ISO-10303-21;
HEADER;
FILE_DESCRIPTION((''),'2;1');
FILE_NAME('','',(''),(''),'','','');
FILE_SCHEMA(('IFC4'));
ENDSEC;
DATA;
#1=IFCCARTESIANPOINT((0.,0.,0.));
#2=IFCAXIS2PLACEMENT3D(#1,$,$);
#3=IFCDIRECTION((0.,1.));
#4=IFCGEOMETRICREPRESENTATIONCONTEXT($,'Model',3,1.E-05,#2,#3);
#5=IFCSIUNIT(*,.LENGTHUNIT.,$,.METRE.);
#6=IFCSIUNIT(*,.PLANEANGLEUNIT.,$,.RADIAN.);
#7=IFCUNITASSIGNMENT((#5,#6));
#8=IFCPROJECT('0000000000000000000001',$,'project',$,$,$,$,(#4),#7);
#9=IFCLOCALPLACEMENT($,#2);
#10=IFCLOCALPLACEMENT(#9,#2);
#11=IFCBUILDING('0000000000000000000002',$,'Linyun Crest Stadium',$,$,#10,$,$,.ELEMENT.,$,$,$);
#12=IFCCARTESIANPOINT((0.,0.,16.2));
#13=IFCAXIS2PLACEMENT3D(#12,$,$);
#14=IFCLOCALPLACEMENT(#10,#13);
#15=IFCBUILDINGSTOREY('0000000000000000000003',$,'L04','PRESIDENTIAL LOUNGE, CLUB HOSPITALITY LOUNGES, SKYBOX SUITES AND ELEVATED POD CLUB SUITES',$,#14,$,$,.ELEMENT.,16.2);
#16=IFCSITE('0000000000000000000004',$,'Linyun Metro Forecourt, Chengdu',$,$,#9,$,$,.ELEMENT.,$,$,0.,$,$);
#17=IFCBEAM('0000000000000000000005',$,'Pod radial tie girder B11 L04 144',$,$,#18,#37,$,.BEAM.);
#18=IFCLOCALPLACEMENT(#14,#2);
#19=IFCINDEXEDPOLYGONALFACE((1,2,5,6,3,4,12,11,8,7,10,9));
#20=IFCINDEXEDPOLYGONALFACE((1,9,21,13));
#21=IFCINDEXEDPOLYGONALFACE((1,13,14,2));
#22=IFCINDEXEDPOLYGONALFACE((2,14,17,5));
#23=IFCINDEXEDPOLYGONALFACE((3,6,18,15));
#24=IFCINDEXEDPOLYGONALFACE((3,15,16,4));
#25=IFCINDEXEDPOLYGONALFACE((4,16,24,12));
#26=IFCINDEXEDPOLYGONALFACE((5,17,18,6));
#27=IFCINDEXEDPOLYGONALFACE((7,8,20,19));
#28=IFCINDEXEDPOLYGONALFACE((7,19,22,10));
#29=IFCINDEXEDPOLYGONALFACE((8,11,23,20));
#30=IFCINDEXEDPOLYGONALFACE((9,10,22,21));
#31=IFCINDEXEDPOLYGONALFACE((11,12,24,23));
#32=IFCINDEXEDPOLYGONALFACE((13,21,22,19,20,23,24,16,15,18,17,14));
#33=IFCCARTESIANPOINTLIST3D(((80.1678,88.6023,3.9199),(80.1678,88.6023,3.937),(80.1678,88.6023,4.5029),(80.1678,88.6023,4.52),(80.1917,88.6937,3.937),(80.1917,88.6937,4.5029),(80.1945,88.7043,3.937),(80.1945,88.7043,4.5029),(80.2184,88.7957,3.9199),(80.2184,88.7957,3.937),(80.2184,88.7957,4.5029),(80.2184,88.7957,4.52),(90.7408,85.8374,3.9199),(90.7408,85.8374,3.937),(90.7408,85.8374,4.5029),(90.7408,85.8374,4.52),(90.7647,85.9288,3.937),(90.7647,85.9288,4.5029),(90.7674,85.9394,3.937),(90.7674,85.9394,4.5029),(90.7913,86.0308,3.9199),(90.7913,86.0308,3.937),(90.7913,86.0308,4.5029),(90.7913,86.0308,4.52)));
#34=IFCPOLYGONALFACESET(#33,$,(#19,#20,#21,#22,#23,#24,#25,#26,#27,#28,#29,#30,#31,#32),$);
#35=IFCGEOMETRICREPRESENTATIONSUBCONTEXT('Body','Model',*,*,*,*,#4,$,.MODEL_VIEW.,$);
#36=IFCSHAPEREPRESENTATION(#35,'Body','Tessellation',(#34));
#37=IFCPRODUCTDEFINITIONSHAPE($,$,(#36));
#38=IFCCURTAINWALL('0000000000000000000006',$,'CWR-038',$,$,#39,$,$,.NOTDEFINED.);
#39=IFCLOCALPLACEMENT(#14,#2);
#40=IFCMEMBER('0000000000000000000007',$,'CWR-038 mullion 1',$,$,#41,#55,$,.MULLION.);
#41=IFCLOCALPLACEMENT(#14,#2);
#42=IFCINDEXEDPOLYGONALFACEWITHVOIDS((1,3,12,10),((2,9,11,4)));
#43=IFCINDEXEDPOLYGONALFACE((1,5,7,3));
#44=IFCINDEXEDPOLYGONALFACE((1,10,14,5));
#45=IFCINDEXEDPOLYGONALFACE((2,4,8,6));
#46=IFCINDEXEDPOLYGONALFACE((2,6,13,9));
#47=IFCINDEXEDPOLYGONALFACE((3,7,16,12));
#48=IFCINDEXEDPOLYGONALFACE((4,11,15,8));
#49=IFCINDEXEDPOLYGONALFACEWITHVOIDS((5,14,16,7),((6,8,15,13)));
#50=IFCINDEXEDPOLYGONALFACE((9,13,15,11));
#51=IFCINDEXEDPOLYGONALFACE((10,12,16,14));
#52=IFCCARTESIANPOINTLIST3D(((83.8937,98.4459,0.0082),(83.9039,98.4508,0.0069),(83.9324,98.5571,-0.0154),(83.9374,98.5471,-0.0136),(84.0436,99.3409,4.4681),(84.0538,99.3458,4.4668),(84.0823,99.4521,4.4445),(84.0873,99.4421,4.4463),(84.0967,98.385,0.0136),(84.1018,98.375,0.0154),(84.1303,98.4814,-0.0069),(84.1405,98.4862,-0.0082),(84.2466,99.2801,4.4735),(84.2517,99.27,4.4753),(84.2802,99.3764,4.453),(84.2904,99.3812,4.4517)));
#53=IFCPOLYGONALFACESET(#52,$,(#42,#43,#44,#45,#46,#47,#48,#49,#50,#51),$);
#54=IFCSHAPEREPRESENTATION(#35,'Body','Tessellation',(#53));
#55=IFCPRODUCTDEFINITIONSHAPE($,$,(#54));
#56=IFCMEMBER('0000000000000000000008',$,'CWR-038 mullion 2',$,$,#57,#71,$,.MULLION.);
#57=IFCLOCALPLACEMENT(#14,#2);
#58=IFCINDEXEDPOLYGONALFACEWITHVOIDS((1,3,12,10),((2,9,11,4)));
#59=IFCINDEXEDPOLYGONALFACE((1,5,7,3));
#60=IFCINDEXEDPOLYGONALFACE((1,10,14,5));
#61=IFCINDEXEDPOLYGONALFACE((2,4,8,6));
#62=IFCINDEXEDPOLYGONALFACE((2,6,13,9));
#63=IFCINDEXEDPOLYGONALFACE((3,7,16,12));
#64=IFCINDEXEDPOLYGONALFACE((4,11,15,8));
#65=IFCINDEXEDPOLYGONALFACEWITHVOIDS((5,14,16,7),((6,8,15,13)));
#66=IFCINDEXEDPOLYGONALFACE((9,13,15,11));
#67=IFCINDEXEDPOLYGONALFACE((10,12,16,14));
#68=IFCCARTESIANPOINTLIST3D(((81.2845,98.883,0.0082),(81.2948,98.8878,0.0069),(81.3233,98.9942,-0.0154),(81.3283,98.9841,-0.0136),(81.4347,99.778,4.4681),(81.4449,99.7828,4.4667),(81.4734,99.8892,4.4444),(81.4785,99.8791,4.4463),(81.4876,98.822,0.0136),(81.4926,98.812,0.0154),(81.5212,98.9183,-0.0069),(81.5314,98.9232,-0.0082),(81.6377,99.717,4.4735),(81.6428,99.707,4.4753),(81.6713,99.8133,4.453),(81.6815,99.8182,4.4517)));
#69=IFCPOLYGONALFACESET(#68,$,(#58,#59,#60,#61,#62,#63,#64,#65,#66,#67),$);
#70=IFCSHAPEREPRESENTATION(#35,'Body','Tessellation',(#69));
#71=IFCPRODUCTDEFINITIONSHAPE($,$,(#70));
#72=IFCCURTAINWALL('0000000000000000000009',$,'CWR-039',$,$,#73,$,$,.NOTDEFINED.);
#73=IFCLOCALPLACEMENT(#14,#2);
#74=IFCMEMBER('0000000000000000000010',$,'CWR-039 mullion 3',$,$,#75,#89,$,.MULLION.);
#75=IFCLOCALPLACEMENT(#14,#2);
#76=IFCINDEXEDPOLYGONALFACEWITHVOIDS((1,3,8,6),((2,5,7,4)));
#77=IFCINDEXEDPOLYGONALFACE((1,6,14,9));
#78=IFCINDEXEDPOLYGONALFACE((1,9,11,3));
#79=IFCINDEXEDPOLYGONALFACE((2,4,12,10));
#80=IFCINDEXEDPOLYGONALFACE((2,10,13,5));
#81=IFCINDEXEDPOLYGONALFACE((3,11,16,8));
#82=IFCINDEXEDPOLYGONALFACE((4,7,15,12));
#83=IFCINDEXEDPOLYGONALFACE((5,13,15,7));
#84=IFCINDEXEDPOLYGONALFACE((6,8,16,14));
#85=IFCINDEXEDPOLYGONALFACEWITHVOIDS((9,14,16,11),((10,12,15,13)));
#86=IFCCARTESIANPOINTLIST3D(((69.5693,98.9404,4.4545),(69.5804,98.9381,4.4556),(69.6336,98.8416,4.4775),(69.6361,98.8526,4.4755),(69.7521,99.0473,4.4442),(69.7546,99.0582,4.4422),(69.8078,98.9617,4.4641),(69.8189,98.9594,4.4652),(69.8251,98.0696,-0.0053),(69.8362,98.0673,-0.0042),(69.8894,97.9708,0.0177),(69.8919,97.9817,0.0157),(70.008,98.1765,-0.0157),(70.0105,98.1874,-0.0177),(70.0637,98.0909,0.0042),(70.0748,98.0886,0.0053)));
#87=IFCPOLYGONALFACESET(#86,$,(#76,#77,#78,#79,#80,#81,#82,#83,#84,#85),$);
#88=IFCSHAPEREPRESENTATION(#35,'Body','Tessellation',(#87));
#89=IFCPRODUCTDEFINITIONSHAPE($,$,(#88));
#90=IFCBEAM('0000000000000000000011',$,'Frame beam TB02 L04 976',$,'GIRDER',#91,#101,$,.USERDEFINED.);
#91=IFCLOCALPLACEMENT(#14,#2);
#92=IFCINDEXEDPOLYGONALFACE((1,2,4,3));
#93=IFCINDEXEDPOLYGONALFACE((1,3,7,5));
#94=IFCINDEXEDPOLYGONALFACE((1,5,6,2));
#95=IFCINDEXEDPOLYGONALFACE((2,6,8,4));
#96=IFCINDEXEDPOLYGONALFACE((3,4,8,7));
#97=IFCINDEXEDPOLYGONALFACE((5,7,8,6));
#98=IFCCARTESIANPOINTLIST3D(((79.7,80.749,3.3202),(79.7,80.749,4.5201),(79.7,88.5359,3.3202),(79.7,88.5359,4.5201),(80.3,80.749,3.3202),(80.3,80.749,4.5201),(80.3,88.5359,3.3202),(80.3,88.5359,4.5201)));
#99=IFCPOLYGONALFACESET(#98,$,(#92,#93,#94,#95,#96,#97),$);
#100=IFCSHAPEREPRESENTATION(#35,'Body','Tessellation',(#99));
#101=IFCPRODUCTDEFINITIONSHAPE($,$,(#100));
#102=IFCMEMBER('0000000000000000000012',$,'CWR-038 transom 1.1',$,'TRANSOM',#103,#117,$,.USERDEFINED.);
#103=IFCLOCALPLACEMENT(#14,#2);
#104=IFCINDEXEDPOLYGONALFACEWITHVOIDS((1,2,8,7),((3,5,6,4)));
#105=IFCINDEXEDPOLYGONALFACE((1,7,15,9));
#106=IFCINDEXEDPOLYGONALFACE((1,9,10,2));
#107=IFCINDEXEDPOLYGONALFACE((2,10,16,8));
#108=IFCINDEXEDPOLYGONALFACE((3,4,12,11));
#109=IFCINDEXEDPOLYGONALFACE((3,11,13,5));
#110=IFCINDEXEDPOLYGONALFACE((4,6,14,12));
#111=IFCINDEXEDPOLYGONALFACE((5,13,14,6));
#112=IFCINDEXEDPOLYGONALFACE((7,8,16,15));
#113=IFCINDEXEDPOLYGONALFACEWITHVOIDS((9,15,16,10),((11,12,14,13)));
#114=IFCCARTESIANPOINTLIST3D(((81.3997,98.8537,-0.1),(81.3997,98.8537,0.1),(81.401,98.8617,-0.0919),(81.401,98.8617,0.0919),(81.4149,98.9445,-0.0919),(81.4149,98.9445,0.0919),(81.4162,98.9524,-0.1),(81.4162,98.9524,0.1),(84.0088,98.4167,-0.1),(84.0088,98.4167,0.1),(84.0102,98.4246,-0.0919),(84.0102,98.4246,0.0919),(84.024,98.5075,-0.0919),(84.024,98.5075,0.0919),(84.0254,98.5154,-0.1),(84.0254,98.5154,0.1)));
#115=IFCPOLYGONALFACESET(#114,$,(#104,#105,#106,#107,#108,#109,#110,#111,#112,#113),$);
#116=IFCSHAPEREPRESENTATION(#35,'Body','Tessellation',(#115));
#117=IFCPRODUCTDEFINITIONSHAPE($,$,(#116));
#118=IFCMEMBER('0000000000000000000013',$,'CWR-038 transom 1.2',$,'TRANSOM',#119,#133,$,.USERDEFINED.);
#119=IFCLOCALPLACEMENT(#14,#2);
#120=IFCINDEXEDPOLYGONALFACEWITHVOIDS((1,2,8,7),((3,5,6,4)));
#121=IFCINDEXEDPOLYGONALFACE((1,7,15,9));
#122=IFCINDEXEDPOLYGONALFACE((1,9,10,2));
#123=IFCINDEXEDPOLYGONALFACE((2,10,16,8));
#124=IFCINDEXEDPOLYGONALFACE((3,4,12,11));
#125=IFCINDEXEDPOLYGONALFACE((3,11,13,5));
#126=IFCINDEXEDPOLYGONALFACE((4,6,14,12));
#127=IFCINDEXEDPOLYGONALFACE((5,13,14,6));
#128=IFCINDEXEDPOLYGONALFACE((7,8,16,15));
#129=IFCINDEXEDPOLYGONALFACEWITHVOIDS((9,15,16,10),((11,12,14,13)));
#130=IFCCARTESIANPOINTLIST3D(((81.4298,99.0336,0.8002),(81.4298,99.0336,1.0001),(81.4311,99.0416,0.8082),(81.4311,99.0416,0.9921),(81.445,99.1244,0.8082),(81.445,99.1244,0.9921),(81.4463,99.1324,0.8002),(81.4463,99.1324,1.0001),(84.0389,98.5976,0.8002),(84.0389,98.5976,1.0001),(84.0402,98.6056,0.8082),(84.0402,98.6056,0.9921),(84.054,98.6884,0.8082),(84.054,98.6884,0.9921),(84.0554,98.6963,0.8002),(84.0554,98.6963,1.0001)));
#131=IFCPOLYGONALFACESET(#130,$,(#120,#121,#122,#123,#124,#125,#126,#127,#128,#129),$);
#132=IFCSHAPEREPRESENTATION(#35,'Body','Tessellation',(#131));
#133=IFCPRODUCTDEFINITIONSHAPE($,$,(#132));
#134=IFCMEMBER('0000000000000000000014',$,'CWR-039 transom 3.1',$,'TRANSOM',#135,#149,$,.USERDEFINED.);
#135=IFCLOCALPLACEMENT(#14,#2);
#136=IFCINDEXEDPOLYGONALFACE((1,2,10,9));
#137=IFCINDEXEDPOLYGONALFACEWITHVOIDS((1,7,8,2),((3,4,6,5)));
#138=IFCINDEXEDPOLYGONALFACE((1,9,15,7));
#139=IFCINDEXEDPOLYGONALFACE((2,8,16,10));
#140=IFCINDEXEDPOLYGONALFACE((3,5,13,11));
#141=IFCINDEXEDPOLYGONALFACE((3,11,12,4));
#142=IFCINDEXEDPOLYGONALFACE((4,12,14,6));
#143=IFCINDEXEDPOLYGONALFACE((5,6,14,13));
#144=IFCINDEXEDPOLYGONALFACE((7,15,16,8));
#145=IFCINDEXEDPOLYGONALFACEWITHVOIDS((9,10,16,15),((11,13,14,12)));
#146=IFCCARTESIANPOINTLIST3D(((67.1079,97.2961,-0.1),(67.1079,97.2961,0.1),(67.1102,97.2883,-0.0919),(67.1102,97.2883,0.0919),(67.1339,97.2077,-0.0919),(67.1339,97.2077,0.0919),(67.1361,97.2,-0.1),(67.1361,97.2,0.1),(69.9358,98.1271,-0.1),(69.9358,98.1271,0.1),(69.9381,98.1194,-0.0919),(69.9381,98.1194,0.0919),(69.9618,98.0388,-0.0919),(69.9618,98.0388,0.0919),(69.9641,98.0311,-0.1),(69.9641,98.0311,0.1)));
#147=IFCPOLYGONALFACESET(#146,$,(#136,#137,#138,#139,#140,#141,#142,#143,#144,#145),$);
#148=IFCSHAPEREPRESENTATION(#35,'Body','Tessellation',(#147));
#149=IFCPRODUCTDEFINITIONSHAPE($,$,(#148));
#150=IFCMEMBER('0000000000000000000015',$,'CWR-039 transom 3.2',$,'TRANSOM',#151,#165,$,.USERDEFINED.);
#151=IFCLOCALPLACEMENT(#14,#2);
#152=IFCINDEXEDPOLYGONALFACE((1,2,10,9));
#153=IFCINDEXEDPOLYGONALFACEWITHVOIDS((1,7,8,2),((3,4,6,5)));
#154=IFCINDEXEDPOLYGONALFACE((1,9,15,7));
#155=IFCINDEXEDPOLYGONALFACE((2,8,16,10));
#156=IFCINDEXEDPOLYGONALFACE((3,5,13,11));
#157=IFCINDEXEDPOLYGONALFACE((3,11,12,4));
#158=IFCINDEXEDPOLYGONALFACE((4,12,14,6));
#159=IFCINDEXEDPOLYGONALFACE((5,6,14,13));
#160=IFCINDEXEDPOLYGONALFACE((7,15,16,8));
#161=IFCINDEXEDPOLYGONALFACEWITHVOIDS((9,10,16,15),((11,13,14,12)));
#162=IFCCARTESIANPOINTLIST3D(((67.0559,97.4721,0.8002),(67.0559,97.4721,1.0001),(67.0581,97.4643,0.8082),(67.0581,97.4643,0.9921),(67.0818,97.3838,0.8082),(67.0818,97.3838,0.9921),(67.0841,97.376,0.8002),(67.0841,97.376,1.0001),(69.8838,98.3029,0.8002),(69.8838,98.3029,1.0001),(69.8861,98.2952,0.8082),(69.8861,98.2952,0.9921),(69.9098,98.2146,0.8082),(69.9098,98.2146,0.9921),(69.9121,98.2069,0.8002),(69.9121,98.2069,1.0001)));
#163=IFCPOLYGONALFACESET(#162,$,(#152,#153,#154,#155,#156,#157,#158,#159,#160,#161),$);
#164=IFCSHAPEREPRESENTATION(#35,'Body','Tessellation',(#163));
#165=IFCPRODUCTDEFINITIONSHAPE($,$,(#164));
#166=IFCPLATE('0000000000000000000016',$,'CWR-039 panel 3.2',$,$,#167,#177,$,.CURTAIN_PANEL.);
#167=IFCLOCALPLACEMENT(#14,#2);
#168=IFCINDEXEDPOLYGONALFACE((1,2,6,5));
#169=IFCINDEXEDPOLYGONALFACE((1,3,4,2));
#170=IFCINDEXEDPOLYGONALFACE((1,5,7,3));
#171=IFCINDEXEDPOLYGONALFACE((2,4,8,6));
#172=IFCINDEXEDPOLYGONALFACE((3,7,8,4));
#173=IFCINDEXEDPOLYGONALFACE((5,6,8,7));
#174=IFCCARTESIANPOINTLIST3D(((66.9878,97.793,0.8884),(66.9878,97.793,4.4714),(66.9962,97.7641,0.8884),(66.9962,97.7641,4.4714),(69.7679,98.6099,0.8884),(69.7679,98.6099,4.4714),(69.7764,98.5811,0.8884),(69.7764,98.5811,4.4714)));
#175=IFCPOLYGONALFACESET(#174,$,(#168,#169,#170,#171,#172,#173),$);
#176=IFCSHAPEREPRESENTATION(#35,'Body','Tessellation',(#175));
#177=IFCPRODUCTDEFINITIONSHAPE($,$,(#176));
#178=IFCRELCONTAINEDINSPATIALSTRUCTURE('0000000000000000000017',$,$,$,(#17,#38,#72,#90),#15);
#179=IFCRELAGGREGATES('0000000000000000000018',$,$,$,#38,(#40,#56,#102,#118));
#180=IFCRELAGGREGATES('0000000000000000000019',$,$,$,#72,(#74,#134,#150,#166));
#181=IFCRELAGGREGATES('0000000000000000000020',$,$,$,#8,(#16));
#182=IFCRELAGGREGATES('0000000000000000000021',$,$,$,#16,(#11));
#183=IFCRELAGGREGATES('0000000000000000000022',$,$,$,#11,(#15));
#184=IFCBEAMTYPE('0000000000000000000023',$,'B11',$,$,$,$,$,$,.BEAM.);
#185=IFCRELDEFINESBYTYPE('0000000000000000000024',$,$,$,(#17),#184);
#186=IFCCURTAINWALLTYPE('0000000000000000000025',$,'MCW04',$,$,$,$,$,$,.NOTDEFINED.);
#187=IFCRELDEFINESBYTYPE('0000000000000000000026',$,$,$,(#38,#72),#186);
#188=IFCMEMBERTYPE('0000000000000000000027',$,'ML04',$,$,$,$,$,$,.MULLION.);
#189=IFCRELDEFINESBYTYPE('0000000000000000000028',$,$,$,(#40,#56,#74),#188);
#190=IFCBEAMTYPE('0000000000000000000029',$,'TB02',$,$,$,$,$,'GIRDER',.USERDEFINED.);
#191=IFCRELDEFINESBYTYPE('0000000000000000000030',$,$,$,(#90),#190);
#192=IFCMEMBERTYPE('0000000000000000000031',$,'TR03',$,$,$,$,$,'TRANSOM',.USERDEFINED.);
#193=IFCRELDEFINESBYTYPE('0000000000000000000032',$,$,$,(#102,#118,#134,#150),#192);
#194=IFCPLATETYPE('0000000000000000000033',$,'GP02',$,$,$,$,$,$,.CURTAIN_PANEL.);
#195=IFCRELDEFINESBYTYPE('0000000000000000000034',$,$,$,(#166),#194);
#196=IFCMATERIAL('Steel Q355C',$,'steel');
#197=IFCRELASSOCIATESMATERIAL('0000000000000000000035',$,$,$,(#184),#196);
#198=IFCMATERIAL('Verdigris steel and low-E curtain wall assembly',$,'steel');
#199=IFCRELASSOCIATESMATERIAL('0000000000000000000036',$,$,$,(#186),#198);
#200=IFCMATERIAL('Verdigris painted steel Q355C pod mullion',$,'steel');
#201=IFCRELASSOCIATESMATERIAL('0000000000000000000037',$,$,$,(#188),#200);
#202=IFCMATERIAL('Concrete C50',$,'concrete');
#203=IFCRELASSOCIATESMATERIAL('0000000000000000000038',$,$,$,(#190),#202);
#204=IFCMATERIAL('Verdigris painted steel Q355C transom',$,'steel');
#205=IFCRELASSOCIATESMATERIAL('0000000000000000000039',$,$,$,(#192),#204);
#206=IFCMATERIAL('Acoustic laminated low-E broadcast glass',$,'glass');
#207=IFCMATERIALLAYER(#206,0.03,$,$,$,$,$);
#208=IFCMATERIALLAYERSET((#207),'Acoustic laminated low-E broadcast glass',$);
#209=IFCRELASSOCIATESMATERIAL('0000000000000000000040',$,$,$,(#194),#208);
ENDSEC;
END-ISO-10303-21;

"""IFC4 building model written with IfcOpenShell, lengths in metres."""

from ifc_helpers import new_model, si_unit, direction, frame, origin, origin_2d, place, context, subcontext, project, spatial, rectangle, hollow_rectangle, i_section, extrude, material, layer, layer_set, material_profile, profile_set, type_object, element, aggregate, save


model = new_model("IFC4")

# Units and contexts
model_context = context("Model", 3, precision=1e-05, world=origin(), true_north=direction((0.0, 1.0)))
body_context = subcontext(model_context, "Body", "Model", "MODEL_VIEW")
ifc_project = project(units=[si_unit("LENGTHUNIT", "METRE"), si_unit("PLANEANGLEUNIT", "RADIAN")], contexts=[model_context])

# Site, building, storey
site_placement = place(None, origin())
site = spatial("IfcSite", under=ifc_project, at=site_placement, Name="Linyun Metro Forecourt, Chengdu", CompositionType="ELEMENT", RefElevation=0.0)
building_placement = place(site_placement, origin())
building = spatial("IfcBuilding", under=site, at=building_placement, Name="Linyun Crest Stadium", CompositionType="ELEMENT")
storey_placement = place(building_placement, frame((0.0, 0.0, 16.2)))
storey = spatial("IfcBuildingStorey", under=building, at=storey_placement, Name="L04", Description="PRESIDENTIAL LOUNGE, CLUB HOSPITALITY LOUNGES, SKYBOX SUITES AND ELEVATED POD CLUB SUITES", CompositionType="ELEMENT", Elevation=16.2)

# Beam
ifc_material_1 = material(Name="Steel Q355C", Category="steel")
ifc_material_profile_1 = material_profile(ifc_material_1, i_section(OverallWidth=0.2, OverallDepth=0.6001, WebThickness=0.011, FlangeThickness=0.0171, at=origin_2d()), Name="HN 600x200")
ifc_profile_set_1 = profile_set([ifc_material_profile_1], Name="Steel Q355C")
beam_type_1 = type_object("IfcBeamType", Name="B11", PredefinedType="BEAM", material=ifc_profile_set_1)
beam_1_placement = place(storey_placement, frame((80.1931, 88.699, 4.22), z_axis=(0.967467, -0.252998, 0.0), x_axis=(0.252998, 0.967467, 0.0)))
element("IfcBeam", 1, at=beam_1_placement, inside=storey, type_object=beam_type_1, Name="Pod radial tie girder B11 L04 144", PredefinedType="BEAM", context=body_context, shape_type="SweptSolid", body=[
    extrude(i_section(OverallWidth=0.2, OverallDepth=0.6001, WebThickness=0.011, FlangeThickness=0.0171, at=origin_2d()), origin(), (0.0, 0.0, 1.0), 10.9285),
])

# Curtain wall, members
ifc_material_2 = material(Name="Verdigris steel and low-E curtain wall assembly", Category="steel")
curtain_wall_type = type_object("IfcCurtainWallType", Name="MCW04", PredefinedType="NOTDEFINED", material=ifc_material_2)
curtain_wall_1_placement = place(storey_placement, origin())
curtain_wall_1 = element("IfcCurtainWall", 2, at=curtain_wall_1_placement, inside=storey, type_object=curtain_wall_type, Name="CWR-038", PredefinedType="NOTDEFINED")
ifc_material_3 = material(Name="Verdigris painted steel Q355C pod mullion", Category="steel")
ifc_material_profile_2 = material_profile(ifc_material_3, hollow_rectangle(XDim=0.1201, YDim=0.22, WallThickness=0.0081, at=origin_2d()), Name="RHS 220x120x8")
ifc_profile_set_2 = profile_set([ifc_material_profile_2], Name="Verdigris painted steel Q355C pod mullion")
member_type_1 = type_object("IfcMemberType", Name="ML04", PredefinedType="MULLION", material=ifc_profile_set_2)
member_1_placement = place(storey_placement, frame((84.0171, 98.4661, 0.0), z_axis=(0.032936, 0.196649, 0.979921), x_axis=(0.322428, 0.925941, -0.196654)))
member_1 = element("IfcMember", 3, at=member_1_placement, type_object=member_type_1, Name="CWR-038 mullion 1", PredefinedType="MULLION", context=body_context, shape_type="SweptSolid", body=[
    extrude(hollow_rectangle(XDim=0.1201, YDim=0.22, WallThickness=0.0081, at=origin_2d()), origin(), (0.0, 0.0, 1.0), 4.5513),
])
member_2_placement = place(storey_placement, frame((81.408, 98.9031, 0.0), z_axis=(0.032989, 0.196649, 0.979919), x_axis=(0.322673, 0.925854, -0.196662)))
member_2 = element("IfcMember", 4, at=member_2_placement, type_object=member_type_1, Name="CWR-038 mullion 2", PredefinedType="MULLION", context=body_context, shape_type="SweptSolid", body=[
    extrude(hollow_rectangle(XDim=0.1201, YDim=0.22, WallThickness=0.0081, at=origin_2d()), origin(), (0.0, 0.0, 1.0), 4.5513),
])

# Curtain wall, member
curtain_wall_2_placement = place(storey_placement, origin())
curtain_wall_2 = element("IfcCurtainWall", 5, at=curtain_wall_2_placement, inside=storey, type_object=curtain_wall_type, Name="CWR-039", PredefinedType="NOTDEFINED")
member_3_placement = place(storey_placement, frame((69.95, 98.0791, 0.0), z_axis=(-0.056216, 0.191337, 0.979913), x_axis=(-0.535586, 0.822521, -0.19133)))
member_3 = element("IfcMember", 6, at=member_3_placement, type_object=member_type_1, Name="CWR-039 mullion 3", PredefinedType="MULLION", context=body_context, shape_type="SweptSolid", body=[
    extrude(hollow_rectangle(XDim=0.1201, YDim=0.22, WallThickness=0.0081, at=origin_2d()), origin(), (0.0, 0.0, 1.0), 4.5513),
])

# Beam
ifc_material_4 = material(Name="Concrete C50", Category="concrete")
ifc_material_profile_3 = material_profile(ifc_material_4, rectangle(XDim=0.6001, YDim=1.2, at=origin_2d()), Name="RCB 1200x600")
ifc_profile_set_3 = profile_set([ifc_material_profile_3], Name="Concrete C50")
beam_type_2 = type_object("IfcBeamType", Name="TB02", ElementType="GIRDER", PredefinedType="USERDEFINED", material=ifc_profile_set_3)
beam_2_placement = place(storey_placement, frame((80.0, 80.749, 3.9202), z_axis=(0.0, 1.0, 0.0), x_axis=(-1.0, 0.0, 0.0)))
element("IfcBeam", 7, at=beam_2_placement, inside=storey, type_object=beam_type_2, Name="Frame beam TB02 L04 976", ObjectType="GIRDER", PredefinedType="USERDEFINED", context=body_context, shape_type="SweptSolid", body=[
    extrude(rectangle(XDim=0.6001, YDim=1.2, at=origin_2d()), origin(), (0.0, 0.0, 1.0), 7.7869),
])

# Members
ifc_material_5 = material(Name="Verdigris painted steel Q355C transom", Category="steel")
ifc_material_profile_4 = material_profile(ifc_material_5, hollow_rectangle(XDim=0.1001, YDim=0.2, WallThickness=0.0081, at=origin_2d()), Name="RHS 200x100x8")
ifc_profile_set_4 = profile_set([ifc_material_profile_4], Name="Verdigris painted steel Q355C transom")
member_type_2 = type_object("IfcMemberType", Name="TR03", ElementType="TRANSOM", PredefinedType="USERDEFINED", material=ifc_profile_set_4)
member_4_placement = place(storey_placement, frame((84.0171, 98.4661, 0.0), z_axis=(-0.986261, 0.165192, 0.0), x_axis=(-0.165192, -0.986261, 0.0)))
member_4 = element("IfcMember", 8, at=member_4_placement, type_object=member_type_2, Name="CWR-038 transom 1.1", ObjectType="TRANSOM", PredefinedType="USERDEFINED", context=body_context, shape_type="SweptSolid", body=[
    extrude(hollow_rectangle(XDim=0.1001, YDim=0.2, WallThickness=0.0081, at=origin_2d()), origin(), (0.0, 0.0, 1.0), 2.6455),
])
member_5_placement = place(storey_placement, frame((84.0471, 98.647, 0.9001), z_axis=(-0.986321, 0.164833, 0.0), x_axis=(-0.164833, -0.986321, 0.0)))
member_5 = element("IfcMember", 9, at=member_5_placement, type_object=member_type_2, Name="CWR-038 transom 1.2", ObjectType="TRANSOM", PredefinedType="USERDEFINED", context=body_context, shape_type="SweptSolid", body=[
    extrude(hollow_rectangle(XDim=0.1001, YDim=0.2, WallThickness=0.0081, at=origin_2d()), origin(), (0.0, 0.0, 1.0), 2.6453),
])
member_6_placement = place(storey_placement, frame((69.95, 98.0791, 0.0), z_axis=(-0.959427, -0.281956, 0.0), x_axis=(0.281956, -0.959427, 0.0)))
member_6 = element("IfcMember", 10, at=member_6_placement, type_object=member_type_2, Name="CWR-039 transom 3.1", ObjectType="TRANSOM", PredefinedType="USERDEFINED", context=body_context, shape_type="SweptSolid", body=[
    extrude(hollow_rectangle(XDim=0.1001, YDim=0.2, WallThickness=0.0081, at=origin_2d()), origin(), (0.0, 0.0, 1.0), 2.9475),
])
member_7_placement = place(storey_placement, frame((69.8979, 98.2549, 0.9001), z_axis=(-0.95945, -0.281879, 0.0), x_axis=(0.281879, -0.95945, 0.0)))
member_7 = element("IfcMember", 11, at=member_7_placement, type_object=member_type_2, Name="CWR-039 transom 3.2", ObjectType="TRANSOM", PredefinedType="USERDEFINED", context=body_context, shape_type="SweptSolid", body=[
    extrude(hollow_rectangle(XDim=0.1001, YDim=0.2, WallThickness=0.0081, at=origin_2d()), origin(), (0.0, 0.0, 1.0), 2.9475),
])

# Plate
ifc_material_6 = material(Name="Acoustic laminated low-E broadcast glass", Category="glass")
ifc_layer_1 = layer(ifc_material_6, 0.03)
ifc_layer_set_1 = layer_set([ifc_layer_1], Name="Acoustic laminated low-E broadcast glass")
plate_type_1 = type_object("IfcPlateType", Name="GP02", PredefinedType="CURTAIN_PANEL", material=ifc_layer_set_1)
plate_1_placement = place(storey_placement, frame((68.3821, 98.187, 0.8884), z_axis=(0.0, 0.0, 1.0), x_axis=(-0.959437, -0.281923, 0.0)))
plate_1 = element("IfcPlate", 12, at=plate_1_placement, type_object=plate_type_1, Name="CWR-039 panel 3.2", PredefinedType="CURTAIN_PANEL", context=body_context, shape_type="SweptSolid", body=[
    extrude(rectangle(XDim=2.8977, YDim=0.03, at=origin_2d()), origin(), (0.0, 0.0, 1.0), 3.583),
])
aggregate(curtain_wall_1, [member_1, member_2, member_4, member_5])
aggregate(curtain_wall_2, [member_3, member_6, member_7, plate_1])

save(model, "model.ifc")
